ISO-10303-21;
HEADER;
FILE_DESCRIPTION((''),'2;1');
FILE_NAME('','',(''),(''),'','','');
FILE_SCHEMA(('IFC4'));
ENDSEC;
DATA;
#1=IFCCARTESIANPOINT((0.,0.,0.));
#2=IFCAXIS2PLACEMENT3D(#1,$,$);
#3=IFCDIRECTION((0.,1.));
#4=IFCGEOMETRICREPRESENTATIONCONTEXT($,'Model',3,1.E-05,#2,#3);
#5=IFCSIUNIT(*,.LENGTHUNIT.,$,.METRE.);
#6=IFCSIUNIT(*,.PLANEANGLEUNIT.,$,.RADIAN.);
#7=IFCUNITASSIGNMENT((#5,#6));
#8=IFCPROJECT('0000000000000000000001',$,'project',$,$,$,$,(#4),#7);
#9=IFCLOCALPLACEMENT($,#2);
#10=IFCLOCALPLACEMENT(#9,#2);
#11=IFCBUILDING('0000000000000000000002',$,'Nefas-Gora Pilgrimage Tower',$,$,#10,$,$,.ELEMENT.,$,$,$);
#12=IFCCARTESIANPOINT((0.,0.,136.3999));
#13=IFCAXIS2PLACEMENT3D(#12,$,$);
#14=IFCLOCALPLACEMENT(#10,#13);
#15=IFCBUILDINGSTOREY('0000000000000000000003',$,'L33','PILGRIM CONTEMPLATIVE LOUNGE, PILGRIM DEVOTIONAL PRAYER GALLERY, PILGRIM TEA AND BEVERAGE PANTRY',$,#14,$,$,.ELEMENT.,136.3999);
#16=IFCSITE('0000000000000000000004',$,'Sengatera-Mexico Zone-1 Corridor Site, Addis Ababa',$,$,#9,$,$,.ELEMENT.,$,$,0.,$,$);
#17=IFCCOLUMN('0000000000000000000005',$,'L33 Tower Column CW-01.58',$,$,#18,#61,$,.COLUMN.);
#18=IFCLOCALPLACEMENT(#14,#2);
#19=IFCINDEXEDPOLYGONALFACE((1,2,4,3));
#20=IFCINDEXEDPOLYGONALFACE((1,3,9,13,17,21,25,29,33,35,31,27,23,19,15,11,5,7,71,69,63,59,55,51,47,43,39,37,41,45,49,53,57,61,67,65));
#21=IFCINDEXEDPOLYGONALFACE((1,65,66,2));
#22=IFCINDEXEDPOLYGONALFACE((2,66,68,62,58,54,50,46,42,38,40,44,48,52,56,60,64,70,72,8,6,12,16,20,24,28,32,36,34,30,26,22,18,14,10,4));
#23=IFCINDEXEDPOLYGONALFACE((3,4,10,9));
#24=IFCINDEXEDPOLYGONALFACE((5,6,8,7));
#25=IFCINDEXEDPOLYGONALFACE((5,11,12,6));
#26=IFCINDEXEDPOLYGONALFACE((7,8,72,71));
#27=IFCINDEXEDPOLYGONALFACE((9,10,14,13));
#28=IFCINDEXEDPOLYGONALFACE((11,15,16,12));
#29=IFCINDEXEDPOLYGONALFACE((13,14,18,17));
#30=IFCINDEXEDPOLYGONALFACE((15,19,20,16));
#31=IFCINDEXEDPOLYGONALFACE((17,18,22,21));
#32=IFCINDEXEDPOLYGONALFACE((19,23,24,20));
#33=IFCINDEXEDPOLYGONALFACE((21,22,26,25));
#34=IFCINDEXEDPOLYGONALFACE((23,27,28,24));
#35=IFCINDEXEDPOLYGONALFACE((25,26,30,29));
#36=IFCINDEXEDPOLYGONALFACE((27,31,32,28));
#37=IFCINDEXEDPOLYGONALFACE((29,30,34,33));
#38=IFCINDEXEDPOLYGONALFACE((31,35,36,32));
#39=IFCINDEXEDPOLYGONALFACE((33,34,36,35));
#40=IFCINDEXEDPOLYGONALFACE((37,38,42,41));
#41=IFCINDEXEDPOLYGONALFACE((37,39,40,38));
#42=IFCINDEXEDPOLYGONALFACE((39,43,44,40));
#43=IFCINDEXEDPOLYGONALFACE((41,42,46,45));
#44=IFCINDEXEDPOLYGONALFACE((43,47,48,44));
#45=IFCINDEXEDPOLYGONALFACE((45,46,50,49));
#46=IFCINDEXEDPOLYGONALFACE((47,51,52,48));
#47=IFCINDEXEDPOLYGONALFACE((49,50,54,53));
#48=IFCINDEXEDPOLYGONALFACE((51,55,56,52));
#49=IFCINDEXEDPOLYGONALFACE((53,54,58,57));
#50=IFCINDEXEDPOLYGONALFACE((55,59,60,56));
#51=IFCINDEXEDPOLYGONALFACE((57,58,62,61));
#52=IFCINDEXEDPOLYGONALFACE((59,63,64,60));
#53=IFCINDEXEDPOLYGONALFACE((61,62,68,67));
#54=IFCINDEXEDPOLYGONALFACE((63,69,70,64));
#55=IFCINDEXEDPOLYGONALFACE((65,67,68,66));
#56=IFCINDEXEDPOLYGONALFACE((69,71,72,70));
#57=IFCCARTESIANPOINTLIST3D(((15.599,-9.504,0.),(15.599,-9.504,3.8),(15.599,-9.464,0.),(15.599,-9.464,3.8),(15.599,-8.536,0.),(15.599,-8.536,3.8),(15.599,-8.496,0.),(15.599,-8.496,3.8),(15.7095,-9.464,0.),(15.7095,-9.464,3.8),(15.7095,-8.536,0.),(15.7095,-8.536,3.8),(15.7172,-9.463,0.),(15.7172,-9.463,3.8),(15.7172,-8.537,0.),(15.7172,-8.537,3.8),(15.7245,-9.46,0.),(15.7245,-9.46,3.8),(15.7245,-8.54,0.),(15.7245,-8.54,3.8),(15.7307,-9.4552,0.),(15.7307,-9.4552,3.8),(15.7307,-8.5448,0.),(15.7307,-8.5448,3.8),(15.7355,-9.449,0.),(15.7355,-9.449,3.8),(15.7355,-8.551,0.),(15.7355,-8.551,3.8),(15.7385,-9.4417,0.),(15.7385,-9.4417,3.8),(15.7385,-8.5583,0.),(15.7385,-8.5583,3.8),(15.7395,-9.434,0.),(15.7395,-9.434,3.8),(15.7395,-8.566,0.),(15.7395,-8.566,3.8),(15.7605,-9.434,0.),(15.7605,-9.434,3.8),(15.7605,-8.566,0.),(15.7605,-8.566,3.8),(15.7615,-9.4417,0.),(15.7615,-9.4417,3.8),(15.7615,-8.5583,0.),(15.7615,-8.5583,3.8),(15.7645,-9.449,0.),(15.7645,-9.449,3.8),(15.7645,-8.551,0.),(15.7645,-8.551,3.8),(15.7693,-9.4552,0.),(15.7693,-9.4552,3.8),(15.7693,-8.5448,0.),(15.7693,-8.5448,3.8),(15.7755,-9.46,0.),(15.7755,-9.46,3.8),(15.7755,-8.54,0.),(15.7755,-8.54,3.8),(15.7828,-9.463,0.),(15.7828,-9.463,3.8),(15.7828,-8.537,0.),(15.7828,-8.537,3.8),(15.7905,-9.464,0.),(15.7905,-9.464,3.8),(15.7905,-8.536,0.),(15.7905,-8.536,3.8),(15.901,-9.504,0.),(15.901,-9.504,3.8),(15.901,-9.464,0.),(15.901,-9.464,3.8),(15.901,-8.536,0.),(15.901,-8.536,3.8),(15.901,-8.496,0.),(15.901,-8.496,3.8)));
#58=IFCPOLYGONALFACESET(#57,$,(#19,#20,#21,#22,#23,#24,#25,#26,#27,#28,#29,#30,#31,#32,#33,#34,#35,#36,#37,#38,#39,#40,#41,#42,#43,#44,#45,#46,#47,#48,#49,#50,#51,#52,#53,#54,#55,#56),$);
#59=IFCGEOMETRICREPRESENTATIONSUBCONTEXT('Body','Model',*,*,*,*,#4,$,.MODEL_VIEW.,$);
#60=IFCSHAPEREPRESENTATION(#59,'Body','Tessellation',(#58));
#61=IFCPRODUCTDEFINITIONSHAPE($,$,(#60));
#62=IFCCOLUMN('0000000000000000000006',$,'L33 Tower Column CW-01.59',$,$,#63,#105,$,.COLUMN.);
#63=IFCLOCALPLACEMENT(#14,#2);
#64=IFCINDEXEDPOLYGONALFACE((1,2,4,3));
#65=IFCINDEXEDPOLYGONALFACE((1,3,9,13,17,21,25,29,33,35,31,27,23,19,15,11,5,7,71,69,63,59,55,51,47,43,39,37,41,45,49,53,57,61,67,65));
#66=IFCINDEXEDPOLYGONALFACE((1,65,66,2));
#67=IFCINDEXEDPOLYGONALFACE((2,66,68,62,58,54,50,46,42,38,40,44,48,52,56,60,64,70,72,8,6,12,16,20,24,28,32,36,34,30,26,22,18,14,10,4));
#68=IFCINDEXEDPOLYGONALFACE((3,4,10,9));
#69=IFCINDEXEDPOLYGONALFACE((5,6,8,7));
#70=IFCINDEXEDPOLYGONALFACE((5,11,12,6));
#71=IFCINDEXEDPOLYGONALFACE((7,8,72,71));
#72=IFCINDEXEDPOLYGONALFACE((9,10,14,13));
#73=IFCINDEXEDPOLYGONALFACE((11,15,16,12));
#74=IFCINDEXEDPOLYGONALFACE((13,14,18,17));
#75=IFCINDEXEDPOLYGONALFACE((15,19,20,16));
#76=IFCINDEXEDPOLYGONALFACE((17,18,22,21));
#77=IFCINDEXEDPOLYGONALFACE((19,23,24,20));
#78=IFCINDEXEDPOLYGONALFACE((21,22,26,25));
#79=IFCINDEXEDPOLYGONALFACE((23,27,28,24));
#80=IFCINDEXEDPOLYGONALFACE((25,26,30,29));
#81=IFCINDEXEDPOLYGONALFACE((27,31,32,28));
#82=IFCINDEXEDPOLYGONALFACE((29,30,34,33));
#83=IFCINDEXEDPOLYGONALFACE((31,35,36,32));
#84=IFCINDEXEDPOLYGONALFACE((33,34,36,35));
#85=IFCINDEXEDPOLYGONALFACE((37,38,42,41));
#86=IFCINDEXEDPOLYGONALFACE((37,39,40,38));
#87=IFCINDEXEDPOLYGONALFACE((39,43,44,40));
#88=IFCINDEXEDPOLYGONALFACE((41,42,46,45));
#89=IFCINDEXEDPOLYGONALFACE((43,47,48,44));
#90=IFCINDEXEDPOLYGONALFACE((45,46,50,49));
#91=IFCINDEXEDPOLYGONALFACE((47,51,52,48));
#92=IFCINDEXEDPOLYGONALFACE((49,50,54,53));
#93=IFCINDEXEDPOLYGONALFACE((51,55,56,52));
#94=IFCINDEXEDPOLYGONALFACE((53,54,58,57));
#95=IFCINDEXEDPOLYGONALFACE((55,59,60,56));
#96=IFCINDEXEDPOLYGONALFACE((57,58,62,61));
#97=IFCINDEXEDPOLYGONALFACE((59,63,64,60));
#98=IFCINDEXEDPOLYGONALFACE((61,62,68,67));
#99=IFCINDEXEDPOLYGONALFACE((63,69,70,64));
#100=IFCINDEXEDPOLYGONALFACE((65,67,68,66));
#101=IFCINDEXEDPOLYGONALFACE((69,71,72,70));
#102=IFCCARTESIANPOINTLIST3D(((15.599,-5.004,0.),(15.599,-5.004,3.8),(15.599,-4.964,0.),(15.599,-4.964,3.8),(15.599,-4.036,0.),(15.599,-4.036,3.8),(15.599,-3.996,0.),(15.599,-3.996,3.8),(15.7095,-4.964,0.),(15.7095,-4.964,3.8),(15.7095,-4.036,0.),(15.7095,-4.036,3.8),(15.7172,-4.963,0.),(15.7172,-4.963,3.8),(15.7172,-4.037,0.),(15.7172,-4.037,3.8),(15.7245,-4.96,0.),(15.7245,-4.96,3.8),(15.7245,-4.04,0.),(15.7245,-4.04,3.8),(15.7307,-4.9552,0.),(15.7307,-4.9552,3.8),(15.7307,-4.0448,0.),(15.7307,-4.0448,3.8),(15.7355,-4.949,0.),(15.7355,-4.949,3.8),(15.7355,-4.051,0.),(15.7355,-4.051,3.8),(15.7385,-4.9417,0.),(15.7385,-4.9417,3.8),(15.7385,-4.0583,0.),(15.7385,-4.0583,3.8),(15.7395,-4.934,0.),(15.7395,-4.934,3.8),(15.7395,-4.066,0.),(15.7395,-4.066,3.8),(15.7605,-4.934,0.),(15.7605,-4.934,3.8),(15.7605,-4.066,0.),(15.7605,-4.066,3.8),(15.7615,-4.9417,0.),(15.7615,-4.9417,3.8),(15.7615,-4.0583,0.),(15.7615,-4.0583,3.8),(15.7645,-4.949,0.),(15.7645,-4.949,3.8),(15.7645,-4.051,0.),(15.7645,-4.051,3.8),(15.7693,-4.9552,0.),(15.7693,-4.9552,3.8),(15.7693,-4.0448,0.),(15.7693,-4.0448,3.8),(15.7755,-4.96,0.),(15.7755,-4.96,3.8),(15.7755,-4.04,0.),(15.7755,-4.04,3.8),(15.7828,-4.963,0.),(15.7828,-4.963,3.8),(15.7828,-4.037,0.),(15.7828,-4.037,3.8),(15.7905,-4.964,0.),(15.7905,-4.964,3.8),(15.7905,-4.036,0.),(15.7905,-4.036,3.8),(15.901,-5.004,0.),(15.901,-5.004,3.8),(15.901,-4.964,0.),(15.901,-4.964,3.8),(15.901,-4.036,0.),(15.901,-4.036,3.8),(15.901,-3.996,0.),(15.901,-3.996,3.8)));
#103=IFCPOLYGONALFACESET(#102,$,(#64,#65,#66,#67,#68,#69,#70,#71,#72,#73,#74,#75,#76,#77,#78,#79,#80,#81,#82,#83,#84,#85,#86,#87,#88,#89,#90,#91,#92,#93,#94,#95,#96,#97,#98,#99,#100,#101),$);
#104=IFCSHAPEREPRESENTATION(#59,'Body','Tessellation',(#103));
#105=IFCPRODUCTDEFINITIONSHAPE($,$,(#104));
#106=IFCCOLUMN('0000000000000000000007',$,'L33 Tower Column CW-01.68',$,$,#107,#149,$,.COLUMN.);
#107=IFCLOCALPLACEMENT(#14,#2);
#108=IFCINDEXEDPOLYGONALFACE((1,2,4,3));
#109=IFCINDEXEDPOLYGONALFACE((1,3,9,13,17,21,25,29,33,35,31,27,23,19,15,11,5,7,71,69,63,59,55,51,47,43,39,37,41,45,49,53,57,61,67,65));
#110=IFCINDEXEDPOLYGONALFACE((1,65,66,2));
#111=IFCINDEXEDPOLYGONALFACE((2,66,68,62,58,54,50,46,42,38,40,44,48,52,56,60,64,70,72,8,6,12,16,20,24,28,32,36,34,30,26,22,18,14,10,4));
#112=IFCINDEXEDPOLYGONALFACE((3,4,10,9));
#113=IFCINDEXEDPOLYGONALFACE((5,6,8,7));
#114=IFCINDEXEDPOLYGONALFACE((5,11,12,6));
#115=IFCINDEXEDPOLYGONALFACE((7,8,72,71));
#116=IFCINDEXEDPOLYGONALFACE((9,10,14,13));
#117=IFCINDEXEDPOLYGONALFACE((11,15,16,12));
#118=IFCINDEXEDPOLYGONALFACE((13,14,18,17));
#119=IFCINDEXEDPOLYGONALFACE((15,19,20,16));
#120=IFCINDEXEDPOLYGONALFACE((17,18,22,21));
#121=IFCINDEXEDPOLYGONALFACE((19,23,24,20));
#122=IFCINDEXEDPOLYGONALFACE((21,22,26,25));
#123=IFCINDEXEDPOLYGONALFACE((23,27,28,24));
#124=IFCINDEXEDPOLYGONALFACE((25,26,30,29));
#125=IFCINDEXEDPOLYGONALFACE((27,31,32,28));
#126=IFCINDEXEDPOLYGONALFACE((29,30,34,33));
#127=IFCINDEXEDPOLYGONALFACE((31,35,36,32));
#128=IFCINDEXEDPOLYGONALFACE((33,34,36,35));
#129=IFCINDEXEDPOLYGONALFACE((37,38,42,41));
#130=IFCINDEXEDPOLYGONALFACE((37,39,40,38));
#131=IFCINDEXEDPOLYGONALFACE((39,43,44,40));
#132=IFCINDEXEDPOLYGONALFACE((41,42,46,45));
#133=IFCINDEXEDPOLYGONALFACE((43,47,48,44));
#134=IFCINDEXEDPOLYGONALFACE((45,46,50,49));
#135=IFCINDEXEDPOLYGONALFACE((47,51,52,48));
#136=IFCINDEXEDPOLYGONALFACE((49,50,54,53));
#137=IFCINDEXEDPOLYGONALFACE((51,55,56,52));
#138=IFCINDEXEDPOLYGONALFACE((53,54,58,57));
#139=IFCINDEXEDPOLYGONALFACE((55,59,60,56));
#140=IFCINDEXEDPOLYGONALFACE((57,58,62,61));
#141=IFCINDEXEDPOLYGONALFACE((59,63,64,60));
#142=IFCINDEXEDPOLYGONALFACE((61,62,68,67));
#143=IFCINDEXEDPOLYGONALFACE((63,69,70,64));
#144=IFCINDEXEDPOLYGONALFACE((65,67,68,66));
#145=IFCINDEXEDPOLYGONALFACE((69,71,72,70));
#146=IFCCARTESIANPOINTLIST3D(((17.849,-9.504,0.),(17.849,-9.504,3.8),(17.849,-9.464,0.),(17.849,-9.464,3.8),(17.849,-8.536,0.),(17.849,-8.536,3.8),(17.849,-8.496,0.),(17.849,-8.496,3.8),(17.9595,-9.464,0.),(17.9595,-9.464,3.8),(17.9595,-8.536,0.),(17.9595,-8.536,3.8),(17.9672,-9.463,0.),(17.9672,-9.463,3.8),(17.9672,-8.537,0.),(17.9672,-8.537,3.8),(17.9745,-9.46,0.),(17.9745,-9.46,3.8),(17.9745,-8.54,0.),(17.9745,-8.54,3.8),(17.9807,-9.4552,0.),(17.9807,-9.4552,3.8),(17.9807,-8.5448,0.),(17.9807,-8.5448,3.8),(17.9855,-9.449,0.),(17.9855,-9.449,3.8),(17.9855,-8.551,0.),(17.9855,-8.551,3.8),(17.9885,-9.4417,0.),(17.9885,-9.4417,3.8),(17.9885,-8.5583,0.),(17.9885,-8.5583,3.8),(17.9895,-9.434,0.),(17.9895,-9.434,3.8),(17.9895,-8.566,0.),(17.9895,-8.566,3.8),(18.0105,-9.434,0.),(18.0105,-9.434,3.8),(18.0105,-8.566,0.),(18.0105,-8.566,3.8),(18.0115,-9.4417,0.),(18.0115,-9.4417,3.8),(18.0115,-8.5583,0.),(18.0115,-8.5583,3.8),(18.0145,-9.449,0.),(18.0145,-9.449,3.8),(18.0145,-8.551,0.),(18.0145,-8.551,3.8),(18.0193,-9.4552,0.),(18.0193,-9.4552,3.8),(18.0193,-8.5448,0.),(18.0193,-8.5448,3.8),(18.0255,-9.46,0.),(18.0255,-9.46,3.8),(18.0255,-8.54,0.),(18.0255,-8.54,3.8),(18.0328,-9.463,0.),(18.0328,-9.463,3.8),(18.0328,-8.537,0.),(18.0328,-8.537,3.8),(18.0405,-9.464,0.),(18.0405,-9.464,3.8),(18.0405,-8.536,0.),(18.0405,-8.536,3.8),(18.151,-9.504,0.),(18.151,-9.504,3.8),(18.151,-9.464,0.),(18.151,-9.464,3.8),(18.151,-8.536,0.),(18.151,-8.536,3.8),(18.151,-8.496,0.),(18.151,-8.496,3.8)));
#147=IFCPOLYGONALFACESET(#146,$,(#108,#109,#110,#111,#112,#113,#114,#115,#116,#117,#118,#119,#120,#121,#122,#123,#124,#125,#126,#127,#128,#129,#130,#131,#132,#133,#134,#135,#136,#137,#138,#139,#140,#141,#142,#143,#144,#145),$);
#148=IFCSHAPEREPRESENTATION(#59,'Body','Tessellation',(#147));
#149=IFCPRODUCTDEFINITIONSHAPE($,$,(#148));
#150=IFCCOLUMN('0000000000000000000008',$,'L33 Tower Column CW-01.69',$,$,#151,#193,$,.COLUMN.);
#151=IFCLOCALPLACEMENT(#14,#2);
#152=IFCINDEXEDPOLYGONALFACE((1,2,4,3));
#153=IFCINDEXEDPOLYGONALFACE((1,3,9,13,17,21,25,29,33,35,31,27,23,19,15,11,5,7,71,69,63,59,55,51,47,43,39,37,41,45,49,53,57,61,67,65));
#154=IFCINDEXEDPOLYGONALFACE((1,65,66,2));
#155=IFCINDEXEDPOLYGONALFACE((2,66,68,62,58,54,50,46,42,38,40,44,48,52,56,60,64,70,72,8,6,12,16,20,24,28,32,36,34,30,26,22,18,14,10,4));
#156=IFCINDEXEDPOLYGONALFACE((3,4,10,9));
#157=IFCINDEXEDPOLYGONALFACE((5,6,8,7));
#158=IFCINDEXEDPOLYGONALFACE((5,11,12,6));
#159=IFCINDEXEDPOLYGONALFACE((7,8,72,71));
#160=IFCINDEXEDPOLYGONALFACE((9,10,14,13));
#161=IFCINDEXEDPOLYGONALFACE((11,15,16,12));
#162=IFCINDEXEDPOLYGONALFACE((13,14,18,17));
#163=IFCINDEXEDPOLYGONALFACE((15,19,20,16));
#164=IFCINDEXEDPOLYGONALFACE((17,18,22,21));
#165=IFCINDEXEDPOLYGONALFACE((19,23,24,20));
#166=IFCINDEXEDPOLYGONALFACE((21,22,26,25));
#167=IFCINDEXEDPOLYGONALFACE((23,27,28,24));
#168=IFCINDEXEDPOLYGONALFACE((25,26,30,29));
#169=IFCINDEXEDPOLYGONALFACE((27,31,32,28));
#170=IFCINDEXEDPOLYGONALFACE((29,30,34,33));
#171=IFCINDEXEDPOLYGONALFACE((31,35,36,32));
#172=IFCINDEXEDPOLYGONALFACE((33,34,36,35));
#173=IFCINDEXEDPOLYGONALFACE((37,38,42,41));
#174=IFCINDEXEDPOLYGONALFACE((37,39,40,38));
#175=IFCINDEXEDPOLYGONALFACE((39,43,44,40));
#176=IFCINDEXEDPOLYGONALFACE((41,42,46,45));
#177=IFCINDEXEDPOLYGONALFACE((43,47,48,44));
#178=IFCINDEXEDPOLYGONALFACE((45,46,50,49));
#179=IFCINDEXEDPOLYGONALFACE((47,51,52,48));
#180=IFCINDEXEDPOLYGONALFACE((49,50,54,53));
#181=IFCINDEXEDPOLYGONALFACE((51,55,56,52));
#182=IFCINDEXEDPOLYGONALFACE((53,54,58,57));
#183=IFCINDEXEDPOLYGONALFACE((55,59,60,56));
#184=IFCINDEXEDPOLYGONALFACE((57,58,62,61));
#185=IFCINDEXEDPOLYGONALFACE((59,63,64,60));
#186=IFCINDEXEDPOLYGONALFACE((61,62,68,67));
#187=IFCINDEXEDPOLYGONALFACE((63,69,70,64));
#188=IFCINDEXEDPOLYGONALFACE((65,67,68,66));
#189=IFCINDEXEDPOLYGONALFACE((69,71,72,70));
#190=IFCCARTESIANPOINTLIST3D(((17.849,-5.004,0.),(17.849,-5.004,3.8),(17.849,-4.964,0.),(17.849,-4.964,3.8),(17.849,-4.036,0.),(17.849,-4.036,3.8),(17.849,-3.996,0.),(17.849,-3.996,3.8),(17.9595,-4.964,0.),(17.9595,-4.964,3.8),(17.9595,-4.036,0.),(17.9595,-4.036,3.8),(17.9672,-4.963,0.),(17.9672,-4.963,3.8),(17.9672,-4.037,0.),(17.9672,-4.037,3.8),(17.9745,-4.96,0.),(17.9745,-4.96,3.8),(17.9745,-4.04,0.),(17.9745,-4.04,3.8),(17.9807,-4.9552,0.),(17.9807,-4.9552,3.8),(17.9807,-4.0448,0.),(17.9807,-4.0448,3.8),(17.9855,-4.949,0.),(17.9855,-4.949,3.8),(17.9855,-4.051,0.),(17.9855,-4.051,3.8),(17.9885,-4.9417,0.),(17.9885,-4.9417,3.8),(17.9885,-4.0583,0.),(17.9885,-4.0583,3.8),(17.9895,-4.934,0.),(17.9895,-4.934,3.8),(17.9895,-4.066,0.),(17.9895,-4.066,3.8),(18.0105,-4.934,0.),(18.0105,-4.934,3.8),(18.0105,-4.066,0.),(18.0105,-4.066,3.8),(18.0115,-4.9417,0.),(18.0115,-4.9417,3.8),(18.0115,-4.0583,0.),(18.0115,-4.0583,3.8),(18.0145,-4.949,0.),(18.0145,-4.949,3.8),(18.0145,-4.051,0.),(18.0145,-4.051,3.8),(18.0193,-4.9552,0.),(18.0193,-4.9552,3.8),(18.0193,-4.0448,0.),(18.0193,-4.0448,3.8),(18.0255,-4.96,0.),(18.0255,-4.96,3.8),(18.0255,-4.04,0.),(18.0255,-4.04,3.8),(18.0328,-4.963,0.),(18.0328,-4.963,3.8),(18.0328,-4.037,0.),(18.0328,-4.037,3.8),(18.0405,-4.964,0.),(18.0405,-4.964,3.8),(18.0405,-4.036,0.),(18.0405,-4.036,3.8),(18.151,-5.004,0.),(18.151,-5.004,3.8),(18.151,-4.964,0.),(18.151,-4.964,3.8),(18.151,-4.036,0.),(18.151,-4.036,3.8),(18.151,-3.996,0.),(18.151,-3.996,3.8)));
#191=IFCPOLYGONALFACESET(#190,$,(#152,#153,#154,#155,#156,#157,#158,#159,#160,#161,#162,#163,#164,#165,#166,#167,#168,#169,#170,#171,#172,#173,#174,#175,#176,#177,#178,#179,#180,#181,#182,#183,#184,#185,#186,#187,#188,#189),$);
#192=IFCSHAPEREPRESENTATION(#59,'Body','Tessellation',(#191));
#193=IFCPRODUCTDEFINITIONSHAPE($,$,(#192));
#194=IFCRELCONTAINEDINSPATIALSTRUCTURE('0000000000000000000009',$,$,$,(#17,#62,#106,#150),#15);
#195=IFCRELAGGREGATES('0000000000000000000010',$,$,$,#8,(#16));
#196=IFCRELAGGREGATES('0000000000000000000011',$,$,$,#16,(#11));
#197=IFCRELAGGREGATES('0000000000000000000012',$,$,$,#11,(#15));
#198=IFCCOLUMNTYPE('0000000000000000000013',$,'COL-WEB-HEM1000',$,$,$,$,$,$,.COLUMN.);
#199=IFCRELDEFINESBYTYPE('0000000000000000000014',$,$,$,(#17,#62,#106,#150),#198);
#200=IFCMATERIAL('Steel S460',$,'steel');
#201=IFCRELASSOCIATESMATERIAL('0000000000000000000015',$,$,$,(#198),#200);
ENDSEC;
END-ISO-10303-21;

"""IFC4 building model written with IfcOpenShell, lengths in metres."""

from ifc_helpers import new_model, si_unit, direction, frame, origin, origin_2d, place, context, subcontext, project, spatial, i_section, extrude, source, transform, mapped, material, material_profile, profile_set, type_object, element, save


model = new_model("IFC4")

# Units and contexts
model_context = context("Model", 3, precision=1e-05, world=origin(), true_north=direction((0.0, 1.0)))
body_context = subcontext(model_context, "Body", "Model", "MODEL_VIEW")
ifc_project = project(units=[si_unit("LENGTHUNIT", "METRE"), si_unit("PLANEANGLEUNIT", "RADIAN")], contexts=[model_context])

# Site, building, storey
site_placement = place(None, origin())
site = spatial("IfcSite", under=ifc_project, at=site_placement, Name="Sengatera-Mexico Zone-1 Corridor Site, Addis Ababa", CompositionType="ELEMENT", RefElevation=0.0)
building_placement = place(site_placement, origin())
building = spatial("IfcBuilding", under=site, at=building_placement, Name="Nefas-Gora Pilgrimage Tower", CompositionType="ELEMENT")
storey_placement = place(building_placement, frame((0.0, 0.0, 136.3999)))
storey = spatial("IfcBuildingStorey", under=building, at=storey_placement, Name="L33", Description="PILGRIM CONTEMPLATIVE LOUNGE, PILGRIM DEVOTIONAL PRAYER GALLERY, PILGRIM TEA AND BEVERAGE PANTRY", CompositionType="ELEMENT", Elevation=136.3999)

# Columns
ifc_material_1 = material(Name="Steel S460", Category="steel")
ifc_material_profile_1 = material_profile(ifc_material_1, i_section(OverallWidth=0.302, OverallDepth=1.0081, WebThickness=0.021, FlangeThickness=0.04, FilletRadius=0.03, at=origin_2d()), Name="HEM 1000")
ifc_profile_set_1 = profile_set([ifc_material_profile_1], Name="Steel S460")
column_type_1 = type_object("IfcColumnType", Name="COL-WEB-HEM1000", PredefinedType="COLUMN", material=ifc_profile_set_1)
shared_shape_1 = source(origin(), body_context, "Body", "SweptSolid", [
    extrude(i_section(OverallWidth=0.302, OverallDepth=1.0081, WebThickness=0.021, FlangeThickness=0.04, FilletRadius=0.03, at=origin_2d()), origin(), (0.0, 0.0, 1.0), 3.8),
])
for number, where, z_axis, x_axis, name in (
    (1, (15.75, -9.0, 0.0), (0.0, 0.0, 1.0), (1.0, 0.0, 0.0), "L33 Tower Column CW-01.58"),
    (2, (15.75, -4.5, 0.0), (0.0, 0.0, 1.0), (1.0, 0.0, 0.0), "L33 Tower Column CW-01.59"),
    (3, (18.0, -9.0, 0.0), (0.0, 0.0, 1.0), (1.0, 0.0, 0.0), "L33 Tower Column CW-01.68"),
    (4, (18.0, -4.5, 0.0), (0.0, 0.0, 1.0), (1.0, 0.0, 0.0), "L33 Tower Column CW-01.69"),
):
    element("IfcColumn", number, at=place(storey_placement, frame(where, z_axis=z_axis, x_axis=x_axis)), inside=storey, type_object=column_type_1, Name=name, PredefinedType="COLUMN", context=body_context, shape_type="MappedRepresentation", body=[
        mapped(shared_shape_1, transform((0.0, 0.0, 0.0), x_axis=(1.0, 0.0, 0.0), y_axis=(0.0, 1.0, 0.0), z_axis=(0.0, 0.0, 1.0), scale=1.0)),
    ])

save(model, "model.ifc")
